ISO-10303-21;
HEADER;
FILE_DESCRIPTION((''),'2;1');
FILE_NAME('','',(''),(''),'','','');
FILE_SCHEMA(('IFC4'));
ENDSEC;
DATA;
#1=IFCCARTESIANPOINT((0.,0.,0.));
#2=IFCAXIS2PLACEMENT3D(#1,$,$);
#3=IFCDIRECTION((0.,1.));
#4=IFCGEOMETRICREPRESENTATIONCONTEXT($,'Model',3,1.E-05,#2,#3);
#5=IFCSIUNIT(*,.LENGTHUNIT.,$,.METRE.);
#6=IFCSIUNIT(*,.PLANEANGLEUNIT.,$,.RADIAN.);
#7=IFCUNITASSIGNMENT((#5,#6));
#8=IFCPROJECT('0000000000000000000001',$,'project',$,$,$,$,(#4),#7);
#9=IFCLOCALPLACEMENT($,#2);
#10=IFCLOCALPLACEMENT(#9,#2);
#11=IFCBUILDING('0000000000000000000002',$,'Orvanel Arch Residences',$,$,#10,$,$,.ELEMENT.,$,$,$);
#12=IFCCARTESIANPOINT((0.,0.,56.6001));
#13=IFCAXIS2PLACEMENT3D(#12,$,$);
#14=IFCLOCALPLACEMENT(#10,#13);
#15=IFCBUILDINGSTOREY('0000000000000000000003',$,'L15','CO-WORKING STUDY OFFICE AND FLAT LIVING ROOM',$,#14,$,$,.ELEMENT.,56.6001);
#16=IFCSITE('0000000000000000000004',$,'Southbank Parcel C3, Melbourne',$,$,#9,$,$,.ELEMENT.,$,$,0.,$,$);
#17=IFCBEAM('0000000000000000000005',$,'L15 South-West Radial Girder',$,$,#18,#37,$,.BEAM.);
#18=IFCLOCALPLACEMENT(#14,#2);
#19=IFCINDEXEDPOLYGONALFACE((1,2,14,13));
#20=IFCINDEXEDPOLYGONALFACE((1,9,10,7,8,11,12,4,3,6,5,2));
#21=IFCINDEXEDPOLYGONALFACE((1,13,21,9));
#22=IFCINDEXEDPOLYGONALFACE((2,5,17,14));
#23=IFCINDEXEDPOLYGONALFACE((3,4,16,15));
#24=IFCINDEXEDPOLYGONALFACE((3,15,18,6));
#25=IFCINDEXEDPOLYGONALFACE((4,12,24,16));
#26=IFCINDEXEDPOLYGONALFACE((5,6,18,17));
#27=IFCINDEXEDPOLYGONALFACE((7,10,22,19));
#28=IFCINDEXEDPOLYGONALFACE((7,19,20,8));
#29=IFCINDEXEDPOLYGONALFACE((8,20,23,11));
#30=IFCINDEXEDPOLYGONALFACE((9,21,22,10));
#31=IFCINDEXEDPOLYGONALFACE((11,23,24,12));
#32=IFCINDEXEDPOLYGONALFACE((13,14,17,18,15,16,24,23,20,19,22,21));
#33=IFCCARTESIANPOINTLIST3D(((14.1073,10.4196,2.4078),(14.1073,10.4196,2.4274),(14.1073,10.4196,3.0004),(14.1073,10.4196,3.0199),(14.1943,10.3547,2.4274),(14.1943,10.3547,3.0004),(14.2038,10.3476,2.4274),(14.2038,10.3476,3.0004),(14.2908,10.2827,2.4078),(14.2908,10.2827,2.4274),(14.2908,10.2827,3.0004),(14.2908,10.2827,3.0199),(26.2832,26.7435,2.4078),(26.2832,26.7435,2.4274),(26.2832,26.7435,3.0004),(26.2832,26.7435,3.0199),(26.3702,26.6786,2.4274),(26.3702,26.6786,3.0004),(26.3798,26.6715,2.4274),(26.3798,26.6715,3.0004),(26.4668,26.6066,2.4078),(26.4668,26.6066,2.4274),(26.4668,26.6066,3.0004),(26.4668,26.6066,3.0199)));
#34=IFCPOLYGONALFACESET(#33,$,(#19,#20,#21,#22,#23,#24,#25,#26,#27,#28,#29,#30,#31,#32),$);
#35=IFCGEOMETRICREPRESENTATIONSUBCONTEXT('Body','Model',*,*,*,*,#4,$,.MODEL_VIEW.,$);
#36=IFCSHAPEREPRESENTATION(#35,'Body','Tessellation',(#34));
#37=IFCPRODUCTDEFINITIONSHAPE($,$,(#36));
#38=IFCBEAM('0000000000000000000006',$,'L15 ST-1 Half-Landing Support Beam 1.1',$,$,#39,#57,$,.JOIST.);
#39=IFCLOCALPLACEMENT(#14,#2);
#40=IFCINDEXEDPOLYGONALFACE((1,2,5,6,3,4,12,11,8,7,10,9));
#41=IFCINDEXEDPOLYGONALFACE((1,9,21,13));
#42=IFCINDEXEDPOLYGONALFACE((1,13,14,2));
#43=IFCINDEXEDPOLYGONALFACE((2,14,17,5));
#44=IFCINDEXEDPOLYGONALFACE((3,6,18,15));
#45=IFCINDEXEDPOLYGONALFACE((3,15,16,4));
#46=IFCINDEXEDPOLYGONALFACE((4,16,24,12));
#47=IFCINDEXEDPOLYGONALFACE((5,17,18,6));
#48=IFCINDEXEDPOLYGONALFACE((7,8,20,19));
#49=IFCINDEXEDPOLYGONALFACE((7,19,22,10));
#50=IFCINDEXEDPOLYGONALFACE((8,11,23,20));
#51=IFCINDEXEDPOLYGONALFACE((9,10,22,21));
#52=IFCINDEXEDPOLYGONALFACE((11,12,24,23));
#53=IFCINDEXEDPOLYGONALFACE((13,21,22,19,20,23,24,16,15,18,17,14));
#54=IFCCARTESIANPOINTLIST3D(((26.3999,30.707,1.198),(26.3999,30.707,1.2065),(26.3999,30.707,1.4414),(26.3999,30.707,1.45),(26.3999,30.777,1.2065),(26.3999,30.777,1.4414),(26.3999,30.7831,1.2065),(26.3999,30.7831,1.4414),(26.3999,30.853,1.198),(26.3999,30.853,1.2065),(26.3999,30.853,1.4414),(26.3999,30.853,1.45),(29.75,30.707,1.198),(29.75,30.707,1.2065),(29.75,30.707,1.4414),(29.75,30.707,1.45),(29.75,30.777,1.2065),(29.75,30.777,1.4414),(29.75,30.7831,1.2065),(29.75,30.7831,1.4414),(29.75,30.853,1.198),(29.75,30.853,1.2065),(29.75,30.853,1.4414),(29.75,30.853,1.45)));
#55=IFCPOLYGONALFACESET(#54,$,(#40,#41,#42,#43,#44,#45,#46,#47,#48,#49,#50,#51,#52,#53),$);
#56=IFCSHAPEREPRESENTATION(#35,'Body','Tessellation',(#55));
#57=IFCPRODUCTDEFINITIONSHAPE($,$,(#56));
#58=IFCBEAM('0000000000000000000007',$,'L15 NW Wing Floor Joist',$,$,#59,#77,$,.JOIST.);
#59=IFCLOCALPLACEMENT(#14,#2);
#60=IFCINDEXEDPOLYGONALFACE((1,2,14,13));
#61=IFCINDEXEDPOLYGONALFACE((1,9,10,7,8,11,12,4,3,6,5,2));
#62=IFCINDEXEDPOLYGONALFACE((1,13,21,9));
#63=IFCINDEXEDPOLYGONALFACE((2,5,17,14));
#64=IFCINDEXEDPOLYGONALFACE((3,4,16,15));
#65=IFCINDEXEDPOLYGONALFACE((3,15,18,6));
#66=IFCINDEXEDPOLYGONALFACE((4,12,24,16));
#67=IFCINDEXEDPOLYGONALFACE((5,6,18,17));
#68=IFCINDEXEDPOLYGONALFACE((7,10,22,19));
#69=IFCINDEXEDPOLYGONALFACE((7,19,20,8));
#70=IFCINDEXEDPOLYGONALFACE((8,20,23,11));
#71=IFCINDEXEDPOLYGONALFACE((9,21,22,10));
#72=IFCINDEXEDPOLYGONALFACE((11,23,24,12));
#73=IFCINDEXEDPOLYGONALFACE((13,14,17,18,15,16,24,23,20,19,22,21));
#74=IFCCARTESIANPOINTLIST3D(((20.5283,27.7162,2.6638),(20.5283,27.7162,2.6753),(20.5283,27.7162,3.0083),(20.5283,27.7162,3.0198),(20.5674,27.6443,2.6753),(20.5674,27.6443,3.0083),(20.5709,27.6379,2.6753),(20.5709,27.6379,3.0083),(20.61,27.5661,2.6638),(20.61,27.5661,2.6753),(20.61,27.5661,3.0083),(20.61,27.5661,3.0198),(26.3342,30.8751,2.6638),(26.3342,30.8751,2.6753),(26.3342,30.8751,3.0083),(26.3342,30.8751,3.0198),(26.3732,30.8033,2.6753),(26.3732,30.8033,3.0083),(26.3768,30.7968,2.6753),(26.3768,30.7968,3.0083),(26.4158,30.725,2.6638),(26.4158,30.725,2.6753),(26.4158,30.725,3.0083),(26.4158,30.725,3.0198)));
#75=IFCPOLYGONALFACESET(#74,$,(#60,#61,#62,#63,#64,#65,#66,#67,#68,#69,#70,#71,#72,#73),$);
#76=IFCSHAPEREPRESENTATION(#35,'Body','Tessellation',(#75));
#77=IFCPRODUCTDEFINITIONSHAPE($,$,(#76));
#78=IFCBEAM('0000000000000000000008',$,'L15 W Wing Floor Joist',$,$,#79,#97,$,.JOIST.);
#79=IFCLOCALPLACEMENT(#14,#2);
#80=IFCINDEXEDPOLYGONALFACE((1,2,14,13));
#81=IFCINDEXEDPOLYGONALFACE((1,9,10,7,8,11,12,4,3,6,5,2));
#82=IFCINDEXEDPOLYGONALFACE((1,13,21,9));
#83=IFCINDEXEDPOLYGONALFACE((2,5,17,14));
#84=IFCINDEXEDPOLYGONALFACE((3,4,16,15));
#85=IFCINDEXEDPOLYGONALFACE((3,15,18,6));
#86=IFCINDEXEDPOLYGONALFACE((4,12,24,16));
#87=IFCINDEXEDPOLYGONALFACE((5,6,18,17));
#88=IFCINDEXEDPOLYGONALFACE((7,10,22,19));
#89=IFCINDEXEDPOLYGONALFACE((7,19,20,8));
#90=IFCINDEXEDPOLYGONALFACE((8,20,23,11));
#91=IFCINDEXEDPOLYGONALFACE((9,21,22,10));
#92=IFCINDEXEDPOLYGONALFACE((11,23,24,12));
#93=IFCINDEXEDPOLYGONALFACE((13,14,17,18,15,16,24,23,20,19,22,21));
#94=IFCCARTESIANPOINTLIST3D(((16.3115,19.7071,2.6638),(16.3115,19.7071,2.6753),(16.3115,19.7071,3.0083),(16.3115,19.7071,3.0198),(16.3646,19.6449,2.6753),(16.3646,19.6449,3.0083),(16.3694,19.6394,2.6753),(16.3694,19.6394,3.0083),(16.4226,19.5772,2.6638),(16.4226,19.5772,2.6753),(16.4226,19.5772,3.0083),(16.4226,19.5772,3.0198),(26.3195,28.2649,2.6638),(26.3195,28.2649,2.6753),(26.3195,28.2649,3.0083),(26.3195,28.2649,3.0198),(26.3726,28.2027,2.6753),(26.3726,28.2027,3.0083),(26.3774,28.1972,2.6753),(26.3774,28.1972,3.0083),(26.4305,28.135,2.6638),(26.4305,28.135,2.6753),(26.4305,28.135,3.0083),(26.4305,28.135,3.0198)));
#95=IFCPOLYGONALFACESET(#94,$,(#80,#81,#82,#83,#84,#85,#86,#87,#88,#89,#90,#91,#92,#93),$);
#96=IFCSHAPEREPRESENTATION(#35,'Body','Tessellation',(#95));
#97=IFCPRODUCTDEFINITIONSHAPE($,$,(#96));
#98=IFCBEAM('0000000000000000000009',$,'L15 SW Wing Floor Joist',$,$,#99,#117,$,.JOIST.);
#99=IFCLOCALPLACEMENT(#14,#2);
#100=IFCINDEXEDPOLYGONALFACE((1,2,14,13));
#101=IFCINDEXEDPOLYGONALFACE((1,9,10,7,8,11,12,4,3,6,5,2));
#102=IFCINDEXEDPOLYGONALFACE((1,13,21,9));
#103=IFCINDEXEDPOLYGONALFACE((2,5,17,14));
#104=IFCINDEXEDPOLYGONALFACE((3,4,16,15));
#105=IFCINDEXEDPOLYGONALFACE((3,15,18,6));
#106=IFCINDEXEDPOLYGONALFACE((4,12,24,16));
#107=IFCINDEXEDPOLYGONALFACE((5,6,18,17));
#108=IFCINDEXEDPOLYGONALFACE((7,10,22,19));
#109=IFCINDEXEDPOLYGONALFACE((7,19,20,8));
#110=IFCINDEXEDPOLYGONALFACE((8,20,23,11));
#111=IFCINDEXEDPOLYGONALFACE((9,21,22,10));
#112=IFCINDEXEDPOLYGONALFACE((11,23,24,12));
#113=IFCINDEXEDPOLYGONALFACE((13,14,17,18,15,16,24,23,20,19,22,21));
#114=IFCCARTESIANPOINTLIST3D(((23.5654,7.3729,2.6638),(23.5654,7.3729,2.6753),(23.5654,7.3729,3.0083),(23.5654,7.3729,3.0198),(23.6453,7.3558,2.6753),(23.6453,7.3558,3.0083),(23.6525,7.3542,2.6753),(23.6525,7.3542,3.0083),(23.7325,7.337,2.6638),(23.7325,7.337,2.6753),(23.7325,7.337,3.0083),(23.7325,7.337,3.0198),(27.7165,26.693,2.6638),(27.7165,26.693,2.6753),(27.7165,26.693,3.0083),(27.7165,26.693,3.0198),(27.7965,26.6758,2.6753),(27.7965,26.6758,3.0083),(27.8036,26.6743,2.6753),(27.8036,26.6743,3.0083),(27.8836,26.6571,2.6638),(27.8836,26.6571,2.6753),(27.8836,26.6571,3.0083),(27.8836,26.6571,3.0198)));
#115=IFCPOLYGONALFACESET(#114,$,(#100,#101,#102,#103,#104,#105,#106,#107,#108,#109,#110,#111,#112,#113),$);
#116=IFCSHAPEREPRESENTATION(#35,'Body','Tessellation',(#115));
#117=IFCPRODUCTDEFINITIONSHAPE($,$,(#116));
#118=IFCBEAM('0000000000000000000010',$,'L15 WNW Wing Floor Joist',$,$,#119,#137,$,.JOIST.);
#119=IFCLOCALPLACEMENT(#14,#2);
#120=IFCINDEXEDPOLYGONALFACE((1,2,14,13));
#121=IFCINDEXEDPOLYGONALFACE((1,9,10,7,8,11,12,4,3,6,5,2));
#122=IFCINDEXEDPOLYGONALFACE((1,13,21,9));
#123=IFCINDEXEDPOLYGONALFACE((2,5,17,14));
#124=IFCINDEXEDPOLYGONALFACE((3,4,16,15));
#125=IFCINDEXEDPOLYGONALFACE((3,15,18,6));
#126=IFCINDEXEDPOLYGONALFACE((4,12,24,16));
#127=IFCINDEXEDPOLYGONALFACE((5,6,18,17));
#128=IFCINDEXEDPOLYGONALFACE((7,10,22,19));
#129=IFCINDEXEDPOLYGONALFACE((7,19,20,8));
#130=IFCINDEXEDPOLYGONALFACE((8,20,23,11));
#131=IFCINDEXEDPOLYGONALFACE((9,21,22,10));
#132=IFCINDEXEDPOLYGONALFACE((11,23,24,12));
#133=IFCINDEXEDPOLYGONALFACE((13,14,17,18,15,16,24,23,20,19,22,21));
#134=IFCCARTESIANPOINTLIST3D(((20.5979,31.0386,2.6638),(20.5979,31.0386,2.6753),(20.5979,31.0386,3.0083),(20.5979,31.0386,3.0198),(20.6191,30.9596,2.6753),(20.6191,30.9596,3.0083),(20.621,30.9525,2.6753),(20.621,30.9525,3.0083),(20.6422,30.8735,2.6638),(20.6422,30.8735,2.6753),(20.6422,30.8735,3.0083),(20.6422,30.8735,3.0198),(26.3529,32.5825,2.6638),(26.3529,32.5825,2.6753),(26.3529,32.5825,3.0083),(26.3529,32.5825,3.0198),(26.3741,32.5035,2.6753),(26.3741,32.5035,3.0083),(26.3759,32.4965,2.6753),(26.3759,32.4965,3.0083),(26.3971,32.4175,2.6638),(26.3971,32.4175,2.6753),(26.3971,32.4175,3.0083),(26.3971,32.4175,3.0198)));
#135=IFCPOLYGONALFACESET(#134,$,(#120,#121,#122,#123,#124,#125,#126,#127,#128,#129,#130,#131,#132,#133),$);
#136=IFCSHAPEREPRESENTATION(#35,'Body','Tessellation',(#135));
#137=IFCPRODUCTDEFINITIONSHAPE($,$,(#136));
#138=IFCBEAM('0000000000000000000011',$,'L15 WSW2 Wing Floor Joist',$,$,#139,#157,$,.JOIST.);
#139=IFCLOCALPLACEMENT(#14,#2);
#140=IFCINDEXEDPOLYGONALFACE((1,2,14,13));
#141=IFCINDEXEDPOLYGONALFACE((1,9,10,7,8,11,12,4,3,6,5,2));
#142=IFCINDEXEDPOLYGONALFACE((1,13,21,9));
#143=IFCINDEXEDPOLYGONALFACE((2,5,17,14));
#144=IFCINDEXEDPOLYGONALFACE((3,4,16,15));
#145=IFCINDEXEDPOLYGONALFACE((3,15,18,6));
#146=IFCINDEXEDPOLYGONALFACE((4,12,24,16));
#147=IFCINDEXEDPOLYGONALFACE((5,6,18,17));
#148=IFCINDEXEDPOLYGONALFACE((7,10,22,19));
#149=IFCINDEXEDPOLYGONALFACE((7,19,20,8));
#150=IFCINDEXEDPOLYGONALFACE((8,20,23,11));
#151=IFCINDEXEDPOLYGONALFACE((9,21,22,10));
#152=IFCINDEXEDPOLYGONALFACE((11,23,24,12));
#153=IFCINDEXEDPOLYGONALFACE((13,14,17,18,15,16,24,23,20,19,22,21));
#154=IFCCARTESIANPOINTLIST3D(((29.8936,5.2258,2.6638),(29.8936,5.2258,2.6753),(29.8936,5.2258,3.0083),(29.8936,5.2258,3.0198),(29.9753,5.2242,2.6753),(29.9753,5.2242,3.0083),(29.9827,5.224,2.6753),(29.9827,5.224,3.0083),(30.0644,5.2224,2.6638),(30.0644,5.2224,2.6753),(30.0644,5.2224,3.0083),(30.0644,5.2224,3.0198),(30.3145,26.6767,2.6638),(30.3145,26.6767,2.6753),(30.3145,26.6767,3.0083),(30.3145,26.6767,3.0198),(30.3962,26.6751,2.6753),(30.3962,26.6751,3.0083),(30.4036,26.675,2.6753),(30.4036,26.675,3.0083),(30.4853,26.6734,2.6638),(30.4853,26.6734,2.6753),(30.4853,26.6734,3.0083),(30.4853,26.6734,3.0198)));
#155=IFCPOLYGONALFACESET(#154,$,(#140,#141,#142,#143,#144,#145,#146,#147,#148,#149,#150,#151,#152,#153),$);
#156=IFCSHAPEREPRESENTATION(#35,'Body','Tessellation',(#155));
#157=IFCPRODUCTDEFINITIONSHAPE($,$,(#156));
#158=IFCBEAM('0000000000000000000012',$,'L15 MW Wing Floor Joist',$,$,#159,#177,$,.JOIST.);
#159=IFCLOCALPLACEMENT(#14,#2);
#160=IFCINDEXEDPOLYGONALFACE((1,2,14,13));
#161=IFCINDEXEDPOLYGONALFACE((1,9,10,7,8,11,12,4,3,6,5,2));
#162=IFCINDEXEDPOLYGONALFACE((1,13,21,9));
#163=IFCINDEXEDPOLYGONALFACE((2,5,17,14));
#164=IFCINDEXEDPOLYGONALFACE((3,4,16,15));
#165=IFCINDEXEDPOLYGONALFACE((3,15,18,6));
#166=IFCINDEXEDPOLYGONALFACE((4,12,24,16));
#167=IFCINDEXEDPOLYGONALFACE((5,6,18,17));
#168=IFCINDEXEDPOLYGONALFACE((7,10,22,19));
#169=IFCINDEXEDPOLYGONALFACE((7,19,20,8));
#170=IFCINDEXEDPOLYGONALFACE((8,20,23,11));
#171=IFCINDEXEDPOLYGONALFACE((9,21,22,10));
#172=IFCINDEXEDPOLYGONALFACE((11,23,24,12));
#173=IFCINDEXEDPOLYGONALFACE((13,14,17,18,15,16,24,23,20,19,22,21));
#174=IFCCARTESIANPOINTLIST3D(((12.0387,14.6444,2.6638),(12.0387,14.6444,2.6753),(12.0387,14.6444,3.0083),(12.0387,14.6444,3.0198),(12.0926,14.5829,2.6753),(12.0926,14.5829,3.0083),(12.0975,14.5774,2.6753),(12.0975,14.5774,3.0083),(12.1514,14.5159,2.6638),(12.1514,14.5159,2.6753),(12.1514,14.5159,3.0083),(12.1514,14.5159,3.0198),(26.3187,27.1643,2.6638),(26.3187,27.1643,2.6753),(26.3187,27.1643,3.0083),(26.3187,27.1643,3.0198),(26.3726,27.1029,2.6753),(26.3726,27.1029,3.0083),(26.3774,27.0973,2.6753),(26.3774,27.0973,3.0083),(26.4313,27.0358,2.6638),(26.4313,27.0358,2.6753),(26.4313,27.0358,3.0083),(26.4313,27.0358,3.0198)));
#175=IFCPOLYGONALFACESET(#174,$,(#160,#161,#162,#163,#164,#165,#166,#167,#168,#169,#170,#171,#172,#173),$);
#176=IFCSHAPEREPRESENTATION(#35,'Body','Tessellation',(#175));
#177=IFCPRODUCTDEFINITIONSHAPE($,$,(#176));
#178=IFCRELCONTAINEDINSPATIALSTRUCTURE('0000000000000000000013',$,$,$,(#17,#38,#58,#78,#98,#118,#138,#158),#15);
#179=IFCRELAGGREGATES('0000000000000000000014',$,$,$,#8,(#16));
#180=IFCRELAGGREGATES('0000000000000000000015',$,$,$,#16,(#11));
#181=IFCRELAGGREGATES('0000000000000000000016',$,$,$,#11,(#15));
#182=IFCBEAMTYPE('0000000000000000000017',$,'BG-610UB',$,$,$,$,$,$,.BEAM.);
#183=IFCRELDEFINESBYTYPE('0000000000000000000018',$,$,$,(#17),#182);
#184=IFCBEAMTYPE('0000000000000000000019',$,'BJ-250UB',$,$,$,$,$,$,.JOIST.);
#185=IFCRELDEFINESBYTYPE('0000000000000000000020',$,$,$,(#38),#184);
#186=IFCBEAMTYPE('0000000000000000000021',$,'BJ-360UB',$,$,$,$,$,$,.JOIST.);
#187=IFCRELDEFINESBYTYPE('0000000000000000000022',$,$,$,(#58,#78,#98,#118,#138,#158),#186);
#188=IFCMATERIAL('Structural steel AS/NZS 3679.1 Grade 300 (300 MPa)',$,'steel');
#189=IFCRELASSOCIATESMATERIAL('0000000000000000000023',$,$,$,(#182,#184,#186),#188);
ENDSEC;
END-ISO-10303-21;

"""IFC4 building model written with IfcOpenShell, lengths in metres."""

from ifc_helpers import new_model, si_unit, direction, frame, origin, origin_2d, place, context, subcontext, project, spatial, i_section, extrude, material, material_profile, profile_set, type_object, element, save


model = new_model("IFC4")

# Units and contexts
model_context = context("Model", 3, precision=1e-05, world=origin(), true_north=direction((0.0, 1.0)))
body_context = subcontext(model_context, "Body", "Model", "MODEL_VIEW")
ifc_project = project(units=[si_unit("LENGTHUNIT", "METRE"), si_unit("PLANEANGLEUNIT", "RADIAN")], contexts=[model_context])

# Site, building, storey
site_placement = place(None, origin())
site = spatial("IfcSite", under=ifc_project, at=site_placement, Name="Southbank Parcel C3, Melbourne", CompositionType="ELEMENT", RefElevation=0.0)
building_placement = place(site_placement, origin())
building = spatial("IfcBuilding", under=site, at=building_placement, Name="Orvanel Arch Residences", CompositionType="ELEMENT")
storey_placement = place(building_placement, frame((0.0, 0.0, 56.6001)))
storey = spatial("IfcBuildingStorey", under=building, at=storey_placement, Name="L15", Description="CO-WORKING STUDY OFFICE AND FLAT LIVING ROOM", CompositionType="ELEMENT", Elevation=56.6001)

# Beams
ifc_material_1 = material(Name="Structural steel AS/NZS 3679.1 Grade 300 (300 MPa)", Category="steel")
ifc_material_profile_1 = material_profile(ifc_material_1, i_section(OverallWidth=0.229, OverallDepth=0.6121, WebThickness=0.012, FlangeThickness=0.0195, at=origin_2d()), Name="610UB125")
ifc_profile_set_1 = profile_set([ifc_material_profile_1], Name="Structural steel AS/NZS 3679.1 Grade 300 (300 MPa)")
beam_type_1 = type_object("IfcBeamType", Name="BG-610UB", PredefinedType="BEAM", material=ifc_profile_set_1)
beam_1_placement = place(storey_placement, frame((26.375, 26.675, 2.7139), z_axis=(-0.597894, -0.801575, 0.0), x_axis=(0.801575, -0.597894, 0.0)))
element("IfcBeam", 1, at=beam_1_placement, inside=storey, type_object=beam_type_1, Name="L15 South-West Radial Girder", PredefinedType="BEAM", context=body_context, shape_type="SweptSolid", body=[
    extrude(i_section(OverallWidth=0.229, OverallDepth=0.6121, WebThickness=0.012, FlangeThickness=0.0195, at=origin_2d()), origin(), (0.0, 0.0, 1.0), 20.3647),
])
ifc_material_profile_2 = material_profile(ifc_material_1, i_section(OverallWidth=0.146, OverallDepth=0.252, WebThickness=0.0061, FlangeThickness=0.0085, at=origin_2d()), Name="250UB31.4")
ifc_profile_set_2 = profile_set([ifc_material_profile_2], Name="Structural steel AS/NZS 3679.1 Grade 300 (300 MPa)")
beam_type_2 = type_object("IfcBeamType", Name="BJ-250UB", PredefinedType="JOIST", material=ifc_profile_set_2)
beam_2_placement = place(storey_placement, frame((26.3999, 30.78, 1.324), z_axis=(1.0, 0.0, 0.0), x_axis=(0.0, 1.0, 0.0)))
element("IfcBeam", 2, at=beam_2_placement, inside=storey, type_object=beam_type_2, Name="L15 ST-1 Half-Landing Support Beam 1.1", PredefinedType="JOIST", context=body_context, shape_type="SweptSolid", body=[
    extrude(i_section(OverallWidth=0.146, OverallDepth=0.252, WebThickness=0.0061, FlangeThickness=0.0085, at=origin_2d()), origin(), (0.0, 0.0, 1.0), 3.3501),
])
ifc_material_profile_3 = material_profile(ifc_material_1, i_section(OverallWidth=0.1709, OverallDepth=0.356, WebThickness=0.0073, FlangeThickness=0.0115, at=origin_2d()), Name="360UB50.7")
ifc_profile_set_3 = profile_set([ifc_material_profile_3], Name="Structural steel AS/NZS 3679.1 Grade 300 (300 MPa)")
beam_type_3 = type_object("IfcBeamType", Name="BJ-360UB", PredefinedType="JOIST", material=ifc_profile_set_3)
beam_3_placement = place(storey_placement, frame((26.375, 30.8, 2.8418), z_axis=(-0.878399, -0.477928, 0.0), x_axis=(0.477928, -0.878399, 0.0)))
element("IfcBeam", 3, at=beam_3_placement, inside=storey, type_object=beam_type_3, Name="L15 NW Wing Floor Joist", PredefinedType="JOIST", context=body_context, shape_type="SweptSolid", body=[
    extrude(i_section(OverallWidth=0.1709, OverallDepth=0.356, WebThickness=0.0073, FlangeThickness=0.0115, at=origin_2d()), origin(), (0.0, 0.0, 1.0), 6.6096),
])
beam_4_placement = place(storey_placement, frame((26.375, 28.2, 2.8418), z_axis=(-0.760024, -0.649895, 0.0), x_axis=(0.649895, -0.760024, 0.0)))
element("IfcBeam", 4, at=beam_4_placement, inside=storey, type_object=beam_type_3, Name="L15 W Wing Floor Joist", PredefinedType="JOIST", context=body_context, shape_type="SweptSolid", body=[
    extrude(i_section(OverallWidth=0.1709, OverallDepth=0.356, WebThickness=0.0073, FlangeThickness=0.0115, at=origin_2d()), origin(), (0.0, 0.0, 1.0), 13.168),
])
beam_5_placement = place(storey_placement, frame((27.8, 26.675, 2.8418), z_axis=(-0.210067, -0.977687, 0.0), x_axis=(0.977687, -0.210067, 0.0)))
element("IfcBeam", 5, at=beam_5_placement, inside=storey, type_object=beam_type_3, Name="L15 SW Wing Floor Joist", PredefinedType="JOIST", context=body_context, shape_type="SweptSolid", body=[
    extrude(i_section(OverallWidth=0.1709, OverallDepth=0.356, WebThickness=0.0073, FlangeThickness=0.0115, at=origin_2d()), origin(), (0.0, 0.0, 1.0), 19.761),
])
beam_6_placement = place(storey_placement, frame((26.375, 32.5, 2.8418), z_axis=(-0.965845, -0.259121, 0.0), x_axis=(0.259121, -0.965845, 0.0)))
element("IfcBeam", 6, at=beam_6_placement, inside=storey, type_object=beam_type_3, Name="L15 WNW Wing Floor Joist", PredefinedType="JOIST", context=body_context, shape_type="SweptSolid", body=[
    extrude(i_section(OverallWidth=0.1709, OverallDepth=0.356, WebThickness=0.0073, FlangeThickness=0.0115, at=origin_2d()), origin(), (0.0, 0.0, 1.0), 5.9585),
])
beam_7_placement = place(storey_placement, frame((30.3999, 26.675, 2.8418), z_axis=(-0.019618, -0.999808, 0.0), x_axis=(0.999808, -0.019618, 0.0)))
element("IfcBeam", 7, at=beam_7_placement, inside=storey, type_object=beam_type_3, Name="L15 WSW2 Wing Floor Joist", PredefinedType="JOIST", context=body_context, shape_type="SweptSolid", body=[
    extrude(i_section(OverallWidth=0.1709, OverallDepth=0.356, WebThickness=0.0073, FlangeThickness=0.0115, at=origin_2d()), origin(), (0.0, 0.0, 1.0), 21.4551),
])
beam_8_placement = place(storey_placement, frame((26.375, 27.1001, 2.8418), z_axis=(-0.751924, -0.65925, 0.0), x_axis=(0.65925, -0.751924, 0.0)))
element("IfcBeam", 8, at=beam_8_placement, inside=storey, type_object=beam_type_3, Name="L15 MW Wing Floor Joist", PredefinedType="JOIST", context=body_context, shape_type="SweptSolid", body=[
    extrude(i_section(OverallWidth=0.1709, OverallDepth=0.356, WebThickness=0.0073, FlangeThickness=0.0115, at=origin_2d()), origin(), (0.0, 0.0, 1.0), 18.9912),
])

save(model, "model.ifc")
